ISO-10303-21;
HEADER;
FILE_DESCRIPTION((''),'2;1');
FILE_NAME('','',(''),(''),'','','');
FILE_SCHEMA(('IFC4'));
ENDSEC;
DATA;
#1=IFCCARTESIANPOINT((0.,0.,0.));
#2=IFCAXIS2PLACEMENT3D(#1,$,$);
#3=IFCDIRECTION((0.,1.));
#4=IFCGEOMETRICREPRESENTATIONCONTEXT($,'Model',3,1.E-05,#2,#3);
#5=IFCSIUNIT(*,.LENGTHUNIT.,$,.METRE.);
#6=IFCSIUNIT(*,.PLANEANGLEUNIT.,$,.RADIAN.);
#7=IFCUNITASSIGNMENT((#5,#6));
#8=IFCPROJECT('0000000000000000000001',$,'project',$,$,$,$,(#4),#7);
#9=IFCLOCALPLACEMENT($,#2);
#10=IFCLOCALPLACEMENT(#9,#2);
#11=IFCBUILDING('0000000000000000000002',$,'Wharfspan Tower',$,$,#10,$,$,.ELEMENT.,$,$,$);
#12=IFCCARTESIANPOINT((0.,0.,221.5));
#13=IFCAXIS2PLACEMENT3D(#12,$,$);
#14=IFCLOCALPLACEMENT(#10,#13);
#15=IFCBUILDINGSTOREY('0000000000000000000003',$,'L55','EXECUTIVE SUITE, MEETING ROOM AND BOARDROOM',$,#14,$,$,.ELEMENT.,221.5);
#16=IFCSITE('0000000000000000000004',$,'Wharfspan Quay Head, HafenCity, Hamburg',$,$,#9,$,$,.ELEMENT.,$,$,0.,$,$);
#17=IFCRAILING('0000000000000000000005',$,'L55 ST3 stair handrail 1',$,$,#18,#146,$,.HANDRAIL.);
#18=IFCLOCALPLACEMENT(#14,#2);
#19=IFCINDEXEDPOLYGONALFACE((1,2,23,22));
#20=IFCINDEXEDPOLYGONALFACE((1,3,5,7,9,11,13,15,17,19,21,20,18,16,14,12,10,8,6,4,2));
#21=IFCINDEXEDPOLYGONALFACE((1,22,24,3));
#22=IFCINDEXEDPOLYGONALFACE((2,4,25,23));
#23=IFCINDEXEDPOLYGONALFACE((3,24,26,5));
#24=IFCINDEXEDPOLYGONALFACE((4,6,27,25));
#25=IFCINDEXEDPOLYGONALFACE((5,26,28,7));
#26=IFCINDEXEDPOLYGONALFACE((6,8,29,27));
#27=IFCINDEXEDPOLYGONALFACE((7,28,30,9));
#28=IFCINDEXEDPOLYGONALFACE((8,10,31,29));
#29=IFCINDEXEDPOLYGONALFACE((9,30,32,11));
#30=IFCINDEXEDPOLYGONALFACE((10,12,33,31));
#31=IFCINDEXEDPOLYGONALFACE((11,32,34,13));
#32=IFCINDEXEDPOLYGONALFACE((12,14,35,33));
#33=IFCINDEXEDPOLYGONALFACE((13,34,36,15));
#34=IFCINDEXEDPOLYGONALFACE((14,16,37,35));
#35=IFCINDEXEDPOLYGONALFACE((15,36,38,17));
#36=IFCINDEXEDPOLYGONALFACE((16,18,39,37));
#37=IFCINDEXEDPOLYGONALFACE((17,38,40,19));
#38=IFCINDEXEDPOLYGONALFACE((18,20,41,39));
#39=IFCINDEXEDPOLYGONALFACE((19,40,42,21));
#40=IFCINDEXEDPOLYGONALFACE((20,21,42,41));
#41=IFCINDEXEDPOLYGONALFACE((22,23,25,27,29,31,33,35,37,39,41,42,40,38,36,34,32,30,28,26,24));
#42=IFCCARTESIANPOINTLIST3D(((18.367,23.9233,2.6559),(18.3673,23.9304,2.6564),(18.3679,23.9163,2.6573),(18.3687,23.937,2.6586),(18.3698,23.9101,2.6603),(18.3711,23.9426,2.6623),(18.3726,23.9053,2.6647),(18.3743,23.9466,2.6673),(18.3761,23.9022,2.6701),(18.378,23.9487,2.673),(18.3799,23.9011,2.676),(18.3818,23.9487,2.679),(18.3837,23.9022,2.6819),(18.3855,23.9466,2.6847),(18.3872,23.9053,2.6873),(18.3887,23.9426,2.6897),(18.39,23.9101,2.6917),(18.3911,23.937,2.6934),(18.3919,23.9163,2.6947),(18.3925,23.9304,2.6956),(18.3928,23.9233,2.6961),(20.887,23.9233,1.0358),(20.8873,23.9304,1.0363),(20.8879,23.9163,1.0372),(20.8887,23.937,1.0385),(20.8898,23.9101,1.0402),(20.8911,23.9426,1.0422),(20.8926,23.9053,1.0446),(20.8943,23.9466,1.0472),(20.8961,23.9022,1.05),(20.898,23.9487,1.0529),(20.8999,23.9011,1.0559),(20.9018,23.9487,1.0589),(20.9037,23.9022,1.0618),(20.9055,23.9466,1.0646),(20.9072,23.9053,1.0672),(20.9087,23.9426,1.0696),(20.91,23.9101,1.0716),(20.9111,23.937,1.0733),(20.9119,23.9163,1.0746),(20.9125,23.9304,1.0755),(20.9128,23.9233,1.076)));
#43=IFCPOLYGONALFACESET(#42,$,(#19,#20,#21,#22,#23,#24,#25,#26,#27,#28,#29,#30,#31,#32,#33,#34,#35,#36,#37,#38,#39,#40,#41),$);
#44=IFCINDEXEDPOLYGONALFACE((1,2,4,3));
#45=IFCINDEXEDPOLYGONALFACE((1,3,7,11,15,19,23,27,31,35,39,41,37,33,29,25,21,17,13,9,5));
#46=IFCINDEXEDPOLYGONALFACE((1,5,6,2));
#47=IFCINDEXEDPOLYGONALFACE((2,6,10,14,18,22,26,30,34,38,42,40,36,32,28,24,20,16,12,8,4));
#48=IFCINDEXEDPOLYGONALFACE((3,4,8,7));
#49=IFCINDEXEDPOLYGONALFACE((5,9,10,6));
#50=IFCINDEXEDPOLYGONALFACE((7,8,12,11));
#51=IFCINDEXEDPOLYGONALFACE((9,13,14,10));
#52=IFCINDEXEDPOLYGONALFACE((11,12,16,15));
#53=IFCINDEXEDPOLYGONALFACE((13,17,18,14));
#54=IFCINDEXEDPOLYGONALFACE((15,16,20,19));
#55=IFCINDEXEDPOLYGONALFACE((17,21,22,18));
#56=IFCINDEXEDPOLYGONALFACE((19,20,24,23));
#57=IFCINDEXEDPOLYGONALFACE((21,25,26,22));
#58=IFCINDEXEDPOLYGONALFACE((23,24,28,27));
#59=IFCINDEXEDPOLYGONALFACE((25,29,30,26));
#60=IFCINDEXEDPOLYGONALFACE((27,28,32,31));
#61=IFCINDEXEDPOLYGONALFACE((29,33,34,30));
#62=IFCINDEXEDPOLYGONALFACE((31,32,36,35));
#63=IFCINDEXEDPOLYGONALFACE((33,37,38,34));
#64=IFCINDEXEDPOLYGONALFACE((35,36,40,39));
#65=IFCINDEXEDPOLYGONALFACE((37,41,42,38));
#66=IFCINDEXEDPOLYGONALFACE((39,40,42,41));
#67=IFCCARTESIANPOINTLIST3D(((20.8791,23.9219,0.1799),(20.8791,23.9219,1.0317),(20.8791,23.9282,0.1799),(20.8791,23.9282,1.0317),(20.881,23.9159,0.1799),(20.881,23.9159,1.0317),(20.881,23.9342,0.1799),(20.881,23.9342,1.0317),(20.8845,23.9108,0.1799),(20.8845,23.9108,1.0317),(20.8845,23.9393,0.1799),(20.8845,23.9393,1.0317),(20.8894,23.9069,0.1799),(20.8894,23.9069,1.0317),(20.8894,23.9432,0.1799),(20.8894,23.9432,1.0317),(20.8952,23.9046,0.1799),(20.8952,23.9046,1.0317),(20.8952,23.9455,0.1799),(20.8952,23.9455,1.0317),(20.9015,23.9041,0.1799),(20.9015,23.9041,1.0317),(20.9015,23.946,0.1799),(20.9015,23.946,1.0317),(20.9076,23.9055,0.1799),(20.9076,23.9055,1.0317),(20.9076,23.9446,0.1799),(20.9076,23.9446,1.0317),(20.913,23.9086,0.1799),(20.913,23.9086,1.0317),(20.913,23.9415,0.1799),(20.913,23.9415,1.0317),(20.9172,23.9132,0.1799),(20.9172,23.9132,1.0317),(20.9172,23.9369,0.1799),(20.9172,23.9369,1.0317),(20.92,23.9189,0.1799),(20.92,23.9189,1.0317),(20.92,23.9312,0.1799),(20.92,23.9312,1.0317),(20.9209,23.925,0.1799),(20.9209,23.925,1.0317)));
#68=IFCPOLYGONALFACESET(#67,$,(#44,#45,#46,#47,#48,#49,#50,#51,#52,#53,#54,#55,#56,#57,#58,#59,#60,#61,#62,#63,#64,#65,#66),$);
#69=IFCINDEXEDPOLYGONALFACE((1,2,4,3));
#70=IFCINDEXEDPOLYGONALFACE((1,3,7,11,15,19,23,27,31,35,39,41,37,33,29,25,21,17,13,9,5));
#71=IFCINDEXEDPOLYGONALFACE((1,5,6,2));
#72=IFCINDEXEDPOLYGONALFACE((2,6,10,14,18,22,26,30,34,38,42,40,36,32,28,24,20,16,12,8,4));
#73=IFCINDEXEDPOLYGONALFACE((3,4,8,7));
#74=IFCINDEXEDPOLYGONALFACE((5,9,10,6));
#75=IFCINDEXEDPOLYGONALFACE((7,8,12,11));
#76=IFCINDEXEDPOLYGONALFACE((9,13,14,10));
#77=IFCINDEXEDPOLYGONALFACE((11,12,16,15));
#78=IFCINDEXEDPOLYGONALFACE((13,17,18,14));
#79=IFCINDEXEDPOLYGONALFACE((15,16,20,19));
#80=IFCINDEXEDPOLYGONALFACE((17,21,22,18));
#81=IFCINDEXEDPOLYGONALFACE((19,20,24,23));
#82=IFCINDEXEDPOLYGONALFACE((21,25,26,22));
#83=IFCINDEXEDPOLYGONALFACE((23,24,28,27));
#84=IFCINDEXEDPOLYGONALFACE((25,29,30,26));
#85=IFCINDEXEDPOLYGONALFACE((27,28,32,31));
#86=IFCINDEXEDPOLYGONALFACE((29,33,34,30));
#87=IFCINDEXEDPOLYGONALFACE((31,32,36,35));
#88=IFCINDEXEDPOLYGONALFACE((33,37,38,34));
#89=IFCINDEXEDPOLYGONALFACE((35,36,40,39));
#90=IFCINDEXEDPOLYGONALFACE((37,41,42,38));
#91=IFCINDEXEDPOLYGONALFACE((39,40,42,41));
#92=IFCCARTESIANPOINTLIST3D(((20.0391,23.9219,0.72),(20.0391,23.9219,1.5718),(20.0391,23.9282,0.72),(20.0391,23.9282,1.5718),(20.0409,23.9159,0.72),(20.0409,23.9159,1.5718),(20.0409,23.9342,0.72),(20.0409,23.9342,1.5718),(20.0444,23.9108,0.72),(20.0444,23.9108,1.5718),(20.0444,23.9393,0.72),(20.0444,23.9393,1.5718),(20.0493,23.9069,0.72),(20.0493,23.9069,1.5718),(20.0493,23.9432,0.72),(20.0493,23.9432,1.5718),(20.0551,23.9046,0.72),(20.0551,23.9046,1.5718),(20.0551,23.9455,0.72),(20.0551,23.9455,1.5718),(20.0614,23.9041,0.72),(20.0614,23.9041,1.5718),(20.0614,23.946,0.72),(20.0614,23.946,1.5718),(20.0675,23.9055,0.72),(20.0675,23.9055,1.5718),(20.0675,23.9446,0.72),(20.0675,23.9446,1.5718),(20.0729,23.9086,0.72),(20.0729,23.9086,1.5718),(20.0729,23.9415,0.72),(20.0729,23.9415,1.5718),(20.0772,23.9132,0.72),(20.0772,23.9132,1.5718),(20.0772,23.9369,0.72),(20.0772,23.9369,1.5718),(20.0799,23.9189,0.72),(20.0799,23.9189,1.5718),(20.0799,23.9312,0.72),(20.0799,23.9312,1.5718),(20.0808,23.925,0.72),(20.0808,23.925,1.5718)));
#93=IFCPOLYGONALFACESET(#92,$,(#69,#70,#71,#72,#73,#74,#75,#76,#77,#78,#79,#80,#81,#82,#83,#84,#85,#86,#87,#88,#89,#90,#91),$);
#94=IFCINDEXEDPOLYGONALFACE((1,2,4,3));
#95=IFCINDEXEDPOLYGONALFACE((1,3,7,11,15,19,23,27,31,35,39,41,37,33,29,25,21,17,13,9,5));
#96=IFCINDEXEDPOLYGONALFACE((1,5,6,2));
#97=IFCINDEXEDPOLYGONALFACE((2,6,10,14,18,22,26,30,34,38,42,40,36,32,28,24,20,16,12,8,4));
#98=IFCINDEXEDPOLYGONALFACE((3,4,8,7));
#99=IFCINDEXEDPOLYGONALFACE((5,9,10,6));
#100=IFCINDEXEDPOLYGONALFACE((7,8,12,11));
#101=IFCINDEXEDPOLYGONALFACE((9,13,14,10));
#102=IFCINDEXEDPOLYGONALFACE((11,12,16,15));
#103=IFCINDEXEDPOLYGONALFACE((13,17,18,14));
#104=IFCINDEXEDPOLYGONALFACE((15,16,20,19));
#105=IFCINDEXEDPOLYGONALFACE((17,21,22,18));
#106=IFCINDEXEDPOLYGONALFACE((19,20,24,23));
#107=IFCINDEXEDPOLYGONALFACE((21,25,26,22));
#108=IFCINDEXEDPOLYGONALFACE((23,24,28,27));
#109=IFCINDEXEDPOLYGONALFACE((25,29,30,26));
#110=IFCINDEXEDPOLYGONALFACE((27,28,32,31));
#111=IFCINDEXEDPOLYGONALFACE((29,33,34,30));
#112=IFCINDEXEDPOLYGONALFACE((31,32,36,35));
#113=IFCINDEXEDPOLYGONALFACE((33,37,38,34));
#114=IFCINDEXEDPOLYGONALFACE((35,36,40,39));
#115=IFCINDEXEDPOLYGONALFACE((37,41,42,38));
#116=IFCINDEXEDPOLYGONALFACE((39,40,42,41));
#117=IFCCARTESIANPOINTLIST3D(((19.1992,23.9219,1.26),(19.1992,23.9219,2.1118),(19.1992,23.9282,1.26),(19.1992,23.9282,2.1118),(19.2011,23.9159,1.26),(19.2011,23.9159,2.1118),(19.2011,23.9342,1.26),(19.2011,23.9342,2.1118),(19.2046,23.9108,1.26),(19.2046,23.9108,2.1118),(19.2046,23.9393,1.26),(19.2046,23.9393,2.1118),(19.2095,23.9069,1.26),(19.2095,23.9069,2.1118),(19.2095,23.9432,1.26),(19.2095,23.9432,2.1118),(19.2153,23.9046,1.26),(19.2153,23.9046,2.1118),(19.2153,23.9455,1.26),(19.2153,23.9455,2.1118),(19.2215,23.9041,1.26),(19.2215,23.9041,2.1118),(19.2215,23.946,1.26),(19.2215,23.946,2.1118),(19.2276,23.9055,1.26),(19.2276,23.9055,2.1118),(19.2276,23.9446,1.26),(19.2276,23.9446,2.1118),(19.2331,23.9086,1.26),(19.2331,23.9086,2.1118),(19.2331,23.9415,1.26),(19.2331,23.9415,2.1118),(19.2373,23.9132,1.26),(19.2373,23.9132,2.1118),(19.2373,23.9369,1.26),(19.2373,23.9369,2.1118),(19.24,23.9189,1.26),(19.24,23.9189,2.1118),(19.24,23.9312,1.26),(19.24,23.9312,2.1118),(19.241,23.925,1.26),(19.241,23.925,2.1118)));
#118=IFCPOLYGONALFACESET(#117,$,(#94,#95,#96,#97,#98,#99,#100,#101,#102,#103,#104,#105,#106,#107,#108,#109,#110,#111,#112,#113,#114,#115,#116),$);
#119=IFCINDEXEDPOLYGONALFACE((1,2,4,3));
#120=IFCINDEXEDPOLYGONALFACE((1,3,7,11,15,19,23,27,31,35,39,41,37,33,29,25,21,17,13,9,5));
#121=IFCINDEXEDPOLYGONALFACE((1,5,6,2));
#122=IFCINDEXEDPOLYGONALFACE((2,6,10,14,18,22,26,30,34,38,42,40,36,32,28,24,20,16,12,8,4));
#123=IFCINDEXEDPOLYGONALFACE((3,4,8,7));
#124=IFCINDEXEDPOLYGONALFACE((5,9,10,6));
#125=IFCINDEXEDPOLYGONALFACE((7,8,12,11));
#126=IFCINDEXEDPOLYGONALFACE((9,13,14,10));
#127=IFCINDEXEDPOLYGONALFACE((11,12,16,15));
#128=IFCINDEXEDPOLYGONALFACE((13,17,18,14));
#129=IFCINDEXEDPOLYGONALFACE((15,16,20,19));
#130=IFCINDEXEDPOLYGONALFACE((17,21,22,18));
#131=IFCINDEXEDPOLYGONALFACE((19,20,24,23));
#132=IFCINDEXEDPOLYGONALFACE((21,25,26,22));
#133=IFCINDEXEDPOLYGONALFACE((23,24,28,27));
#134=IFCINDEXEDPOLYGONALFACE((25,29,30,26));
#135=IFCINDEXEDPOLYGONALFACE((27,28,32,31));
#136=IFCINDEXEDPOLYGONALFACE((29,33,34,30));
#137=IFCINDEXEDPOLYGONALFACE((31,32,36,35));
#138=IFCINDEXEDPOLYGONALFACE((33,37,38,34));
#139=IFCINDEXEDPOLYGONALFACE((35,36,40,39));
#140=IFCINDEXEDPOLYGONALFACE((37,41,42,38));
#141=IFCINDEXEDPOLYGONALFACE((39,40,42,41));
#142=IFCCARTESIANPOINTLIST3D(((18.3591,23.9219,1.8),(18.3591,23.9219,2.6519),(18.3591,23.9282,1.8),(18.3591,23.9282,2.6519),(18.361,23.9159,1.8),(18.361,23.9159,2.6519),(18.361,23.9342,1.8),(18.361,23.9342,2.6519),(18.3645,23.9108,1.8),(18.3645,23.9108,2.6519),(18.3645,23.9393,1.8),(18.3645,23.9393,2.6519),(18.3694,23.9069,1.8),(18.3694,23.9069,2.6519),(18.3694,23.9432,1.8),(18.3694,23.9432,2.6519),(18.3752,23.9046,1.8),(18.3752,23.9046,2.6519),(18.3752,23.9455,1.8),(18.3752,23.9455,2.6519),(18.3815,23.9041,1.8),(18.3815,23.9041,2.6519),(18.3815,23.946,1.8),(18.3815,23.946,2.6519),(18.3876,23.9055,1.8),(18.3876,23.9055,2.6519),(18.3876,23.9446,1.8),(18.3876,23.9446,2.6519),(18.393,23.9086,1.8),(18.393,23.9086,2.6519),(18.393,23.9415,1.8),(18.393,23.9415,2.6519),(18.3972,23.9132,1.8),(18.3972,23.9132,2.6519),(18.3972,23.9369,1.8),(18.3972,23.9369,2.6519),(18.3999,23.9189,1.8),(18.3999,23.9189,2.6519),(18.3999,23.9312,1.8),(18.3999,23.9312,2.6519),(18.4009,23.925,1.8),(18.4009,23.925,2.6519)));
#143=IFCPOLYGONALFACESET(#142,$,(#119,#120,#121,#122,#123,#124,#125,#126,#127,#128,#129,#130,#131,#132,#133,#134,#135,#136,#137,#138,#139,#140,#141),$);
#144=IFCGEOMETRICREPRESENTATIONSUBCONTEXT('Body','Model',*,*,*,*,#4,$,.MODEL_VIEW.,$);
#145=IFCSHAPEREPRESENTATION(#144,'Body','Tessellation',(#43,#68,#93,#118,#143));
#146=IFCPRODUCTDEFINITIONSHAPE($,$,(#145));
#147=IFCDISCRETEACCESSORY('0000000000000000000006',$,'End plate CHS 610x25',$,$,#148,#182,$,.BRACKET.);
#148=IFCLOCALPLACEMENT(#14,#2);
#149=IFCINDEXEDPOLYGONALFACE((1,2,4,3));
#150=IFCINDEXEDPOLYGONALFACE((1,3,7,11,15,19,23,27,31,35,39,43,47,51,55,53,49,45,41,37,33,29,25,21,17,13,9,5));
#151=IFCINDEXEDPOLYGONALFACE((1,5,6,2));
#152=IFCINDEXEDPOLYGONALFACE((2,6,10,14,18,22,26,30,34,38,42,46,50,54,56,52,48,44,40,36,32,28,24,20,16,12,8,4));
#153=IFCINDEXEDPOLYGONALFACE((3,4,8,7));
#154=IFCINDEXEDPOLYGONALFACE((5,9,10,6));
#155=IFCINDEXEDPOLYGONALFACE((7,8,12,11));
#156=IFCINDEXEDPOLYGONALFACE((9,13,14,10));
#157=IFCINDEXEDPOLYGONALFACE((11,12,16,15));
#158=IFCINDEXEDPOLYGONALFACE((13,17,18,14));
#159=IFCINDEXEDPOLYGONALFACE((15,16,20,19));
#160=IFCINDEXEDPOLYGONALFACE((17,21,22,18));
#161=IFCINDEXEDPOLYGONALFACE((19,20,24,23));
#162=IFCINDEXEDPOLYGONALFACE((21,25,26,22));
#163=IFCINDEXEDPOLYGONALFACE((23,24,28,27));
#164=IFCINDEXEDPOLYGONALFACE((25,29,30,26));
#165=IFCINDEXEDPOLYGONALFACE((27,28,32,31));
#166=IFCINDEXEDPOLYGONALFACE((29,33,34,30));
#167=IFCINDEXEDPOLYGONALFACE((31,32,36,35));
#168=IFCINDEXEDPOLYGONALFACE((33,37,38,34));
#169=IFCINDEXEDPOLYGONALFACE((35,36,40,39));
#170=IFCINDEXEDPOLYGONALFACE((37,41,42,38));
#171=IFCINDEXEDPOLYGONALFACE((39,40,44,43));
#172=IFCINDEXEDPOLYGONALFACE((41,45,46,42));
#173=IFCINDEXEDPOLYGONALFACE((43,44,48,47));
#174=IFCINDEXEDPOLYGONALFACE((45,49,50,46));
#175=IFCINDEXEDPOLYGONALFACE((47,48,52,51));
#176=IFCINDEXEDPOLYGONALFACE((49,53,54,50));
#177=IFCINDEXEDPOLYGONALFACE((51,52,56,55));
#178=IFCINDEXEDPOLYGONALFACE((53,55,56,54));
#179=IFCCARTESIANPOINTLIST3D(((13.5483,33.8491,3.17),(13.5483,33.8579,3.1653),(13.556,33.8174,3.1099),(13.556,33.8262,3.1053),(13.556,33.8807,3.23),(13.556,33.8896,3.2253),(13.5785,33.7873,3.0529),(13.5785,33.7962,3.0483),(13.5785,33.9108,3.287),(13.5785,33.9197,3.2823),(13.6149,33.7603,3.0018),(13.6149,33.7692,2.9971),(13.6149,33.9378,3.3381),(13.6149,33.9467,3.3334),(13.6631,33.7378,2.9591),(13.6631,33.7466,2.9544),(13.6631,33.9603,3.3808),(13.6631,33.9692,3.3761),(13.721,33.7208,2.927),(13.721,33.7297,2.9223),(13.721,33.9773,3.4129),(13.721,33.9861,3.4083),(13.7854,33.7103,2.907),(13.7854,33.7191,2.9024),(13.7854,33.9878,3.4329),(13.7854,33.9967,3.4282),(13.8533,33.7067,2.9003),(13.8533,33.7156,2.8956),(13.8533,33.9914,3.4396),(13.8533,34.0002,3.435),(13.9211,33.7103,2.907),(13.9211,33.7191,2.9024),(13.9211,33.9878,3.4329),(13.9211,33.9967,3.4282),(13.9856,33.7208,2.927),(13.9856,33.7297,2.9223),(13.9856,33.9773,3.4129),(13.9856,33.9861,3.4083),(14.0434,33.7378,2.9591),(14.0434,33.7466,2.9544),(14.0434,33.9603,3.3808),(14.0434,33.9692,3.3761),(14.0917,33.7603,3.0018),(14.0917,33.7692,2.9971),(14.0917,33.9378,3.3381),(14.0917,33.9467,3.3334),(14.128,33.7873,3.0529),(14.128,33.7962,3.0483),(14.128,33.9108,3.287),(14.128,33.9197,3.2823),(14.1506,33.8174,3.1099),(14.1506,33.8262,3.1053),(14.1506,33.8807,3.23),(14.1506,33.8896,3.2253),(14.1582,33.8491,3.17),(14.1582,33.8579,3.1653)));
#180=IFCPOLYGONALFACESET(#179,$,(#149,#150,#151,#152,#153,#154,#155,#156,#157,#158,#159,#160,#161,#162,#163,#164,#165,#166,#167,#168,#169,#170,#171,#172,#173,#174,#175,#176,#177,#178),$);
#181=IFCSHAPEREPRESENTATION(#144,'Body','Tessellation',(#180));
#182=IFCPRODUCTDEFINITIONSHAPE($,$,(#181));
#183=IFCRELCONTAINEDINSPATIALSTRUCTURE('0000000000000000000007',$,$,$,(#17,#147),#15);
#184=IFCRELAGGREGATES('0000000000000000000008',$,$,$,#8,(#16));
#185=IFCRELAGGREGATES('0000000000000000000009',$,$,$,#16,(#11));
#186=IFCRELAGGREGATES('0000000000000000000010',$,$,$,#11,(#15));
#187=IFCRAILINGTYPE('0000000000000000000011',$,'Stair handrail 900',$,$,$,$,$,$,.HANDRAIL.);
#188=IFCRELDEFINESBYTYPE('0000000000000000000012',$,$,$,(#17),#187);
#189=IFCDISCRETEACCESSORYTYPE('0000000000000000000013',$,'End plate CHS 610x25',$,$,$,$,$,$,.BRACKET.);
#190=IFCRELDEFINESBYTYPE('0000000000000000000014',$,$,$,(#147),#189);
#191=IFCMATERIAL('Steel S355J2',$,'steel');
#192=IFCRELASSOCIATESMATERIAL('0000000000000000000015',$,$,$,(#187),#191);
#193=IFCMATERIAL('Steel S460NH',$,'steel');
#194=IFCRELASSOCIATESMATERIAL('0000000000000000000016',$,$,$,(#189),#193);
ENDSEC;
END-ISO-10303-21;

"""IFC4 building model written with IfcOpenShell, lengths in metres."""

from ifc_helpers import new_model, si_unit, direction, frame, origin, origin_2d, place, context, subcontext, project, spatial, circle, extrude, material, material_profile, profile_set, type_object, element, save


model = new_model("IFC4")

# Units and contexts
model_context = context("Model", 3, precision=1e-05, world=origin(), true_north=direction((0.0, 1.0)))
body_context = subcontext(model_context, "Body", "Model", "MODEL_VIEW")
ifc_project = project(units=[si_unit("LENGTHUNIT", "METRE"), si_unit("PLANEANGLEUNIT", "RADIAN")], contexts=[model_context])

# Site, building, storey
site_placement = place(None, origin())
site = spatial("IfcSite", under=ifc_project, at=site_placement, Name="Wharfspan Quay Head, HafenCity, Hamburg", CompositionType="ELEMENT", RefElevation=0.0)
building_placement = place(site_placement, origin())
building = spatial("IfcBuilding", under=site, at=building_placement, Name="Wharfspan Tower", CompositionType="ELEMENT")
storey_placement = place(building_placement, frame((0.0, 0.0, 221.5)))
storey = spatial("IfcBuildingStorey", under=building, at=storey_placement, Name="L55", Description="EXECUTIVE SUITE, MEETING ROOM AND BOARDROOM", CompositionType="ELEMENT", Elevation=221.5)

# Shared definitions
ifc_material_1 = material(Name="Steel S355J2", Category="steel")

# Shared definitions
ifc_material_2 = material(Name="Steel S460NH", Category="steel")

# Railing
railing_type_1 = type_object("IfcRailingType", Name="Stair handrail 900", PredefinedType="HANDRAIL", material=ifc_material_1)
railing_1_placement = place(storey_placement, frame((20.8999, 23.925, 0.1799)))
element("IfcRailing", 1, at=railing_1_placement, inside=storey, type_object=railing_type_1, Name="L55 ST3 stair handrail 1", PredefinedType="HANDRAIL", context=body_context, shape_type="SweptSolid", body=[
    extrude(circle(Radius=0.0239, at=origin_2d()), frame((0.0, 0.0, 0.876), z_axis=(-0.841163, 0.0, 0.540782), x_axis=(0.0, -1.0, 0.0)), (0.0, 0.0, 1.0), 2.9958),
    extrude(circle(Radius=0.021, at=origin_2d()), origin(), (0.0, 0.0, 1.0), 0.8518),
    extrude(circle(Radius=0.021, at=origin_2d()), frame((-0.8401, 0.0, 0.54)), (0.0, 0.0, 1.0), 0.8518),
    extrude(circle(Radius=0.021, at=origin_2d()), frame((-1.6799, 0.0, 1.0801)), (0.0, 0.0, 1.0), 0.8518),
    extrude(circle(Radius=0.021, at=origin_2d()), frame((-2.52, 0.0, 1.6201)), (0.0, 0.0, 1.0), 0.8518),
])

# Discrete accessory
ifc_material_profile_1 = material_profile(ifc_material_2, circle(Radius=0.3049, at=origin_2d()))
ifc_profile_set_1 = profile_set([ifc_material_profile_1], Name="Steel S460NH")
discrete_accessory_type = type_object("IfcDiscreteAccessoryType", Name="End plate CHS 610x25", PredefinedType="BRACKET", material=ifc_profile_set_1)
discrete_accessory_1_placement = place(storey_placement, frame((13.8533, 33.8579, 3.1653), z_axis=(0.0, -0.884385, 0.466759), x_axis=(1.0, 0.0, 0.0)))
element("IfcDiscreteAccessory", 2, at=discrete_accessory_1_placement, inside=storey, type_object=discrete_accessory_type, Name="End plate CHS 610x25", PredefinedType="BRACKET", context=body_context, shape_type="SweptSolid", body=[
    extrude(circle(Radius=0.3049, at=origin_2d()), origin(), (0.0, 0.0, 1.0), 0.01),
])

save(model, "model.ifc")
